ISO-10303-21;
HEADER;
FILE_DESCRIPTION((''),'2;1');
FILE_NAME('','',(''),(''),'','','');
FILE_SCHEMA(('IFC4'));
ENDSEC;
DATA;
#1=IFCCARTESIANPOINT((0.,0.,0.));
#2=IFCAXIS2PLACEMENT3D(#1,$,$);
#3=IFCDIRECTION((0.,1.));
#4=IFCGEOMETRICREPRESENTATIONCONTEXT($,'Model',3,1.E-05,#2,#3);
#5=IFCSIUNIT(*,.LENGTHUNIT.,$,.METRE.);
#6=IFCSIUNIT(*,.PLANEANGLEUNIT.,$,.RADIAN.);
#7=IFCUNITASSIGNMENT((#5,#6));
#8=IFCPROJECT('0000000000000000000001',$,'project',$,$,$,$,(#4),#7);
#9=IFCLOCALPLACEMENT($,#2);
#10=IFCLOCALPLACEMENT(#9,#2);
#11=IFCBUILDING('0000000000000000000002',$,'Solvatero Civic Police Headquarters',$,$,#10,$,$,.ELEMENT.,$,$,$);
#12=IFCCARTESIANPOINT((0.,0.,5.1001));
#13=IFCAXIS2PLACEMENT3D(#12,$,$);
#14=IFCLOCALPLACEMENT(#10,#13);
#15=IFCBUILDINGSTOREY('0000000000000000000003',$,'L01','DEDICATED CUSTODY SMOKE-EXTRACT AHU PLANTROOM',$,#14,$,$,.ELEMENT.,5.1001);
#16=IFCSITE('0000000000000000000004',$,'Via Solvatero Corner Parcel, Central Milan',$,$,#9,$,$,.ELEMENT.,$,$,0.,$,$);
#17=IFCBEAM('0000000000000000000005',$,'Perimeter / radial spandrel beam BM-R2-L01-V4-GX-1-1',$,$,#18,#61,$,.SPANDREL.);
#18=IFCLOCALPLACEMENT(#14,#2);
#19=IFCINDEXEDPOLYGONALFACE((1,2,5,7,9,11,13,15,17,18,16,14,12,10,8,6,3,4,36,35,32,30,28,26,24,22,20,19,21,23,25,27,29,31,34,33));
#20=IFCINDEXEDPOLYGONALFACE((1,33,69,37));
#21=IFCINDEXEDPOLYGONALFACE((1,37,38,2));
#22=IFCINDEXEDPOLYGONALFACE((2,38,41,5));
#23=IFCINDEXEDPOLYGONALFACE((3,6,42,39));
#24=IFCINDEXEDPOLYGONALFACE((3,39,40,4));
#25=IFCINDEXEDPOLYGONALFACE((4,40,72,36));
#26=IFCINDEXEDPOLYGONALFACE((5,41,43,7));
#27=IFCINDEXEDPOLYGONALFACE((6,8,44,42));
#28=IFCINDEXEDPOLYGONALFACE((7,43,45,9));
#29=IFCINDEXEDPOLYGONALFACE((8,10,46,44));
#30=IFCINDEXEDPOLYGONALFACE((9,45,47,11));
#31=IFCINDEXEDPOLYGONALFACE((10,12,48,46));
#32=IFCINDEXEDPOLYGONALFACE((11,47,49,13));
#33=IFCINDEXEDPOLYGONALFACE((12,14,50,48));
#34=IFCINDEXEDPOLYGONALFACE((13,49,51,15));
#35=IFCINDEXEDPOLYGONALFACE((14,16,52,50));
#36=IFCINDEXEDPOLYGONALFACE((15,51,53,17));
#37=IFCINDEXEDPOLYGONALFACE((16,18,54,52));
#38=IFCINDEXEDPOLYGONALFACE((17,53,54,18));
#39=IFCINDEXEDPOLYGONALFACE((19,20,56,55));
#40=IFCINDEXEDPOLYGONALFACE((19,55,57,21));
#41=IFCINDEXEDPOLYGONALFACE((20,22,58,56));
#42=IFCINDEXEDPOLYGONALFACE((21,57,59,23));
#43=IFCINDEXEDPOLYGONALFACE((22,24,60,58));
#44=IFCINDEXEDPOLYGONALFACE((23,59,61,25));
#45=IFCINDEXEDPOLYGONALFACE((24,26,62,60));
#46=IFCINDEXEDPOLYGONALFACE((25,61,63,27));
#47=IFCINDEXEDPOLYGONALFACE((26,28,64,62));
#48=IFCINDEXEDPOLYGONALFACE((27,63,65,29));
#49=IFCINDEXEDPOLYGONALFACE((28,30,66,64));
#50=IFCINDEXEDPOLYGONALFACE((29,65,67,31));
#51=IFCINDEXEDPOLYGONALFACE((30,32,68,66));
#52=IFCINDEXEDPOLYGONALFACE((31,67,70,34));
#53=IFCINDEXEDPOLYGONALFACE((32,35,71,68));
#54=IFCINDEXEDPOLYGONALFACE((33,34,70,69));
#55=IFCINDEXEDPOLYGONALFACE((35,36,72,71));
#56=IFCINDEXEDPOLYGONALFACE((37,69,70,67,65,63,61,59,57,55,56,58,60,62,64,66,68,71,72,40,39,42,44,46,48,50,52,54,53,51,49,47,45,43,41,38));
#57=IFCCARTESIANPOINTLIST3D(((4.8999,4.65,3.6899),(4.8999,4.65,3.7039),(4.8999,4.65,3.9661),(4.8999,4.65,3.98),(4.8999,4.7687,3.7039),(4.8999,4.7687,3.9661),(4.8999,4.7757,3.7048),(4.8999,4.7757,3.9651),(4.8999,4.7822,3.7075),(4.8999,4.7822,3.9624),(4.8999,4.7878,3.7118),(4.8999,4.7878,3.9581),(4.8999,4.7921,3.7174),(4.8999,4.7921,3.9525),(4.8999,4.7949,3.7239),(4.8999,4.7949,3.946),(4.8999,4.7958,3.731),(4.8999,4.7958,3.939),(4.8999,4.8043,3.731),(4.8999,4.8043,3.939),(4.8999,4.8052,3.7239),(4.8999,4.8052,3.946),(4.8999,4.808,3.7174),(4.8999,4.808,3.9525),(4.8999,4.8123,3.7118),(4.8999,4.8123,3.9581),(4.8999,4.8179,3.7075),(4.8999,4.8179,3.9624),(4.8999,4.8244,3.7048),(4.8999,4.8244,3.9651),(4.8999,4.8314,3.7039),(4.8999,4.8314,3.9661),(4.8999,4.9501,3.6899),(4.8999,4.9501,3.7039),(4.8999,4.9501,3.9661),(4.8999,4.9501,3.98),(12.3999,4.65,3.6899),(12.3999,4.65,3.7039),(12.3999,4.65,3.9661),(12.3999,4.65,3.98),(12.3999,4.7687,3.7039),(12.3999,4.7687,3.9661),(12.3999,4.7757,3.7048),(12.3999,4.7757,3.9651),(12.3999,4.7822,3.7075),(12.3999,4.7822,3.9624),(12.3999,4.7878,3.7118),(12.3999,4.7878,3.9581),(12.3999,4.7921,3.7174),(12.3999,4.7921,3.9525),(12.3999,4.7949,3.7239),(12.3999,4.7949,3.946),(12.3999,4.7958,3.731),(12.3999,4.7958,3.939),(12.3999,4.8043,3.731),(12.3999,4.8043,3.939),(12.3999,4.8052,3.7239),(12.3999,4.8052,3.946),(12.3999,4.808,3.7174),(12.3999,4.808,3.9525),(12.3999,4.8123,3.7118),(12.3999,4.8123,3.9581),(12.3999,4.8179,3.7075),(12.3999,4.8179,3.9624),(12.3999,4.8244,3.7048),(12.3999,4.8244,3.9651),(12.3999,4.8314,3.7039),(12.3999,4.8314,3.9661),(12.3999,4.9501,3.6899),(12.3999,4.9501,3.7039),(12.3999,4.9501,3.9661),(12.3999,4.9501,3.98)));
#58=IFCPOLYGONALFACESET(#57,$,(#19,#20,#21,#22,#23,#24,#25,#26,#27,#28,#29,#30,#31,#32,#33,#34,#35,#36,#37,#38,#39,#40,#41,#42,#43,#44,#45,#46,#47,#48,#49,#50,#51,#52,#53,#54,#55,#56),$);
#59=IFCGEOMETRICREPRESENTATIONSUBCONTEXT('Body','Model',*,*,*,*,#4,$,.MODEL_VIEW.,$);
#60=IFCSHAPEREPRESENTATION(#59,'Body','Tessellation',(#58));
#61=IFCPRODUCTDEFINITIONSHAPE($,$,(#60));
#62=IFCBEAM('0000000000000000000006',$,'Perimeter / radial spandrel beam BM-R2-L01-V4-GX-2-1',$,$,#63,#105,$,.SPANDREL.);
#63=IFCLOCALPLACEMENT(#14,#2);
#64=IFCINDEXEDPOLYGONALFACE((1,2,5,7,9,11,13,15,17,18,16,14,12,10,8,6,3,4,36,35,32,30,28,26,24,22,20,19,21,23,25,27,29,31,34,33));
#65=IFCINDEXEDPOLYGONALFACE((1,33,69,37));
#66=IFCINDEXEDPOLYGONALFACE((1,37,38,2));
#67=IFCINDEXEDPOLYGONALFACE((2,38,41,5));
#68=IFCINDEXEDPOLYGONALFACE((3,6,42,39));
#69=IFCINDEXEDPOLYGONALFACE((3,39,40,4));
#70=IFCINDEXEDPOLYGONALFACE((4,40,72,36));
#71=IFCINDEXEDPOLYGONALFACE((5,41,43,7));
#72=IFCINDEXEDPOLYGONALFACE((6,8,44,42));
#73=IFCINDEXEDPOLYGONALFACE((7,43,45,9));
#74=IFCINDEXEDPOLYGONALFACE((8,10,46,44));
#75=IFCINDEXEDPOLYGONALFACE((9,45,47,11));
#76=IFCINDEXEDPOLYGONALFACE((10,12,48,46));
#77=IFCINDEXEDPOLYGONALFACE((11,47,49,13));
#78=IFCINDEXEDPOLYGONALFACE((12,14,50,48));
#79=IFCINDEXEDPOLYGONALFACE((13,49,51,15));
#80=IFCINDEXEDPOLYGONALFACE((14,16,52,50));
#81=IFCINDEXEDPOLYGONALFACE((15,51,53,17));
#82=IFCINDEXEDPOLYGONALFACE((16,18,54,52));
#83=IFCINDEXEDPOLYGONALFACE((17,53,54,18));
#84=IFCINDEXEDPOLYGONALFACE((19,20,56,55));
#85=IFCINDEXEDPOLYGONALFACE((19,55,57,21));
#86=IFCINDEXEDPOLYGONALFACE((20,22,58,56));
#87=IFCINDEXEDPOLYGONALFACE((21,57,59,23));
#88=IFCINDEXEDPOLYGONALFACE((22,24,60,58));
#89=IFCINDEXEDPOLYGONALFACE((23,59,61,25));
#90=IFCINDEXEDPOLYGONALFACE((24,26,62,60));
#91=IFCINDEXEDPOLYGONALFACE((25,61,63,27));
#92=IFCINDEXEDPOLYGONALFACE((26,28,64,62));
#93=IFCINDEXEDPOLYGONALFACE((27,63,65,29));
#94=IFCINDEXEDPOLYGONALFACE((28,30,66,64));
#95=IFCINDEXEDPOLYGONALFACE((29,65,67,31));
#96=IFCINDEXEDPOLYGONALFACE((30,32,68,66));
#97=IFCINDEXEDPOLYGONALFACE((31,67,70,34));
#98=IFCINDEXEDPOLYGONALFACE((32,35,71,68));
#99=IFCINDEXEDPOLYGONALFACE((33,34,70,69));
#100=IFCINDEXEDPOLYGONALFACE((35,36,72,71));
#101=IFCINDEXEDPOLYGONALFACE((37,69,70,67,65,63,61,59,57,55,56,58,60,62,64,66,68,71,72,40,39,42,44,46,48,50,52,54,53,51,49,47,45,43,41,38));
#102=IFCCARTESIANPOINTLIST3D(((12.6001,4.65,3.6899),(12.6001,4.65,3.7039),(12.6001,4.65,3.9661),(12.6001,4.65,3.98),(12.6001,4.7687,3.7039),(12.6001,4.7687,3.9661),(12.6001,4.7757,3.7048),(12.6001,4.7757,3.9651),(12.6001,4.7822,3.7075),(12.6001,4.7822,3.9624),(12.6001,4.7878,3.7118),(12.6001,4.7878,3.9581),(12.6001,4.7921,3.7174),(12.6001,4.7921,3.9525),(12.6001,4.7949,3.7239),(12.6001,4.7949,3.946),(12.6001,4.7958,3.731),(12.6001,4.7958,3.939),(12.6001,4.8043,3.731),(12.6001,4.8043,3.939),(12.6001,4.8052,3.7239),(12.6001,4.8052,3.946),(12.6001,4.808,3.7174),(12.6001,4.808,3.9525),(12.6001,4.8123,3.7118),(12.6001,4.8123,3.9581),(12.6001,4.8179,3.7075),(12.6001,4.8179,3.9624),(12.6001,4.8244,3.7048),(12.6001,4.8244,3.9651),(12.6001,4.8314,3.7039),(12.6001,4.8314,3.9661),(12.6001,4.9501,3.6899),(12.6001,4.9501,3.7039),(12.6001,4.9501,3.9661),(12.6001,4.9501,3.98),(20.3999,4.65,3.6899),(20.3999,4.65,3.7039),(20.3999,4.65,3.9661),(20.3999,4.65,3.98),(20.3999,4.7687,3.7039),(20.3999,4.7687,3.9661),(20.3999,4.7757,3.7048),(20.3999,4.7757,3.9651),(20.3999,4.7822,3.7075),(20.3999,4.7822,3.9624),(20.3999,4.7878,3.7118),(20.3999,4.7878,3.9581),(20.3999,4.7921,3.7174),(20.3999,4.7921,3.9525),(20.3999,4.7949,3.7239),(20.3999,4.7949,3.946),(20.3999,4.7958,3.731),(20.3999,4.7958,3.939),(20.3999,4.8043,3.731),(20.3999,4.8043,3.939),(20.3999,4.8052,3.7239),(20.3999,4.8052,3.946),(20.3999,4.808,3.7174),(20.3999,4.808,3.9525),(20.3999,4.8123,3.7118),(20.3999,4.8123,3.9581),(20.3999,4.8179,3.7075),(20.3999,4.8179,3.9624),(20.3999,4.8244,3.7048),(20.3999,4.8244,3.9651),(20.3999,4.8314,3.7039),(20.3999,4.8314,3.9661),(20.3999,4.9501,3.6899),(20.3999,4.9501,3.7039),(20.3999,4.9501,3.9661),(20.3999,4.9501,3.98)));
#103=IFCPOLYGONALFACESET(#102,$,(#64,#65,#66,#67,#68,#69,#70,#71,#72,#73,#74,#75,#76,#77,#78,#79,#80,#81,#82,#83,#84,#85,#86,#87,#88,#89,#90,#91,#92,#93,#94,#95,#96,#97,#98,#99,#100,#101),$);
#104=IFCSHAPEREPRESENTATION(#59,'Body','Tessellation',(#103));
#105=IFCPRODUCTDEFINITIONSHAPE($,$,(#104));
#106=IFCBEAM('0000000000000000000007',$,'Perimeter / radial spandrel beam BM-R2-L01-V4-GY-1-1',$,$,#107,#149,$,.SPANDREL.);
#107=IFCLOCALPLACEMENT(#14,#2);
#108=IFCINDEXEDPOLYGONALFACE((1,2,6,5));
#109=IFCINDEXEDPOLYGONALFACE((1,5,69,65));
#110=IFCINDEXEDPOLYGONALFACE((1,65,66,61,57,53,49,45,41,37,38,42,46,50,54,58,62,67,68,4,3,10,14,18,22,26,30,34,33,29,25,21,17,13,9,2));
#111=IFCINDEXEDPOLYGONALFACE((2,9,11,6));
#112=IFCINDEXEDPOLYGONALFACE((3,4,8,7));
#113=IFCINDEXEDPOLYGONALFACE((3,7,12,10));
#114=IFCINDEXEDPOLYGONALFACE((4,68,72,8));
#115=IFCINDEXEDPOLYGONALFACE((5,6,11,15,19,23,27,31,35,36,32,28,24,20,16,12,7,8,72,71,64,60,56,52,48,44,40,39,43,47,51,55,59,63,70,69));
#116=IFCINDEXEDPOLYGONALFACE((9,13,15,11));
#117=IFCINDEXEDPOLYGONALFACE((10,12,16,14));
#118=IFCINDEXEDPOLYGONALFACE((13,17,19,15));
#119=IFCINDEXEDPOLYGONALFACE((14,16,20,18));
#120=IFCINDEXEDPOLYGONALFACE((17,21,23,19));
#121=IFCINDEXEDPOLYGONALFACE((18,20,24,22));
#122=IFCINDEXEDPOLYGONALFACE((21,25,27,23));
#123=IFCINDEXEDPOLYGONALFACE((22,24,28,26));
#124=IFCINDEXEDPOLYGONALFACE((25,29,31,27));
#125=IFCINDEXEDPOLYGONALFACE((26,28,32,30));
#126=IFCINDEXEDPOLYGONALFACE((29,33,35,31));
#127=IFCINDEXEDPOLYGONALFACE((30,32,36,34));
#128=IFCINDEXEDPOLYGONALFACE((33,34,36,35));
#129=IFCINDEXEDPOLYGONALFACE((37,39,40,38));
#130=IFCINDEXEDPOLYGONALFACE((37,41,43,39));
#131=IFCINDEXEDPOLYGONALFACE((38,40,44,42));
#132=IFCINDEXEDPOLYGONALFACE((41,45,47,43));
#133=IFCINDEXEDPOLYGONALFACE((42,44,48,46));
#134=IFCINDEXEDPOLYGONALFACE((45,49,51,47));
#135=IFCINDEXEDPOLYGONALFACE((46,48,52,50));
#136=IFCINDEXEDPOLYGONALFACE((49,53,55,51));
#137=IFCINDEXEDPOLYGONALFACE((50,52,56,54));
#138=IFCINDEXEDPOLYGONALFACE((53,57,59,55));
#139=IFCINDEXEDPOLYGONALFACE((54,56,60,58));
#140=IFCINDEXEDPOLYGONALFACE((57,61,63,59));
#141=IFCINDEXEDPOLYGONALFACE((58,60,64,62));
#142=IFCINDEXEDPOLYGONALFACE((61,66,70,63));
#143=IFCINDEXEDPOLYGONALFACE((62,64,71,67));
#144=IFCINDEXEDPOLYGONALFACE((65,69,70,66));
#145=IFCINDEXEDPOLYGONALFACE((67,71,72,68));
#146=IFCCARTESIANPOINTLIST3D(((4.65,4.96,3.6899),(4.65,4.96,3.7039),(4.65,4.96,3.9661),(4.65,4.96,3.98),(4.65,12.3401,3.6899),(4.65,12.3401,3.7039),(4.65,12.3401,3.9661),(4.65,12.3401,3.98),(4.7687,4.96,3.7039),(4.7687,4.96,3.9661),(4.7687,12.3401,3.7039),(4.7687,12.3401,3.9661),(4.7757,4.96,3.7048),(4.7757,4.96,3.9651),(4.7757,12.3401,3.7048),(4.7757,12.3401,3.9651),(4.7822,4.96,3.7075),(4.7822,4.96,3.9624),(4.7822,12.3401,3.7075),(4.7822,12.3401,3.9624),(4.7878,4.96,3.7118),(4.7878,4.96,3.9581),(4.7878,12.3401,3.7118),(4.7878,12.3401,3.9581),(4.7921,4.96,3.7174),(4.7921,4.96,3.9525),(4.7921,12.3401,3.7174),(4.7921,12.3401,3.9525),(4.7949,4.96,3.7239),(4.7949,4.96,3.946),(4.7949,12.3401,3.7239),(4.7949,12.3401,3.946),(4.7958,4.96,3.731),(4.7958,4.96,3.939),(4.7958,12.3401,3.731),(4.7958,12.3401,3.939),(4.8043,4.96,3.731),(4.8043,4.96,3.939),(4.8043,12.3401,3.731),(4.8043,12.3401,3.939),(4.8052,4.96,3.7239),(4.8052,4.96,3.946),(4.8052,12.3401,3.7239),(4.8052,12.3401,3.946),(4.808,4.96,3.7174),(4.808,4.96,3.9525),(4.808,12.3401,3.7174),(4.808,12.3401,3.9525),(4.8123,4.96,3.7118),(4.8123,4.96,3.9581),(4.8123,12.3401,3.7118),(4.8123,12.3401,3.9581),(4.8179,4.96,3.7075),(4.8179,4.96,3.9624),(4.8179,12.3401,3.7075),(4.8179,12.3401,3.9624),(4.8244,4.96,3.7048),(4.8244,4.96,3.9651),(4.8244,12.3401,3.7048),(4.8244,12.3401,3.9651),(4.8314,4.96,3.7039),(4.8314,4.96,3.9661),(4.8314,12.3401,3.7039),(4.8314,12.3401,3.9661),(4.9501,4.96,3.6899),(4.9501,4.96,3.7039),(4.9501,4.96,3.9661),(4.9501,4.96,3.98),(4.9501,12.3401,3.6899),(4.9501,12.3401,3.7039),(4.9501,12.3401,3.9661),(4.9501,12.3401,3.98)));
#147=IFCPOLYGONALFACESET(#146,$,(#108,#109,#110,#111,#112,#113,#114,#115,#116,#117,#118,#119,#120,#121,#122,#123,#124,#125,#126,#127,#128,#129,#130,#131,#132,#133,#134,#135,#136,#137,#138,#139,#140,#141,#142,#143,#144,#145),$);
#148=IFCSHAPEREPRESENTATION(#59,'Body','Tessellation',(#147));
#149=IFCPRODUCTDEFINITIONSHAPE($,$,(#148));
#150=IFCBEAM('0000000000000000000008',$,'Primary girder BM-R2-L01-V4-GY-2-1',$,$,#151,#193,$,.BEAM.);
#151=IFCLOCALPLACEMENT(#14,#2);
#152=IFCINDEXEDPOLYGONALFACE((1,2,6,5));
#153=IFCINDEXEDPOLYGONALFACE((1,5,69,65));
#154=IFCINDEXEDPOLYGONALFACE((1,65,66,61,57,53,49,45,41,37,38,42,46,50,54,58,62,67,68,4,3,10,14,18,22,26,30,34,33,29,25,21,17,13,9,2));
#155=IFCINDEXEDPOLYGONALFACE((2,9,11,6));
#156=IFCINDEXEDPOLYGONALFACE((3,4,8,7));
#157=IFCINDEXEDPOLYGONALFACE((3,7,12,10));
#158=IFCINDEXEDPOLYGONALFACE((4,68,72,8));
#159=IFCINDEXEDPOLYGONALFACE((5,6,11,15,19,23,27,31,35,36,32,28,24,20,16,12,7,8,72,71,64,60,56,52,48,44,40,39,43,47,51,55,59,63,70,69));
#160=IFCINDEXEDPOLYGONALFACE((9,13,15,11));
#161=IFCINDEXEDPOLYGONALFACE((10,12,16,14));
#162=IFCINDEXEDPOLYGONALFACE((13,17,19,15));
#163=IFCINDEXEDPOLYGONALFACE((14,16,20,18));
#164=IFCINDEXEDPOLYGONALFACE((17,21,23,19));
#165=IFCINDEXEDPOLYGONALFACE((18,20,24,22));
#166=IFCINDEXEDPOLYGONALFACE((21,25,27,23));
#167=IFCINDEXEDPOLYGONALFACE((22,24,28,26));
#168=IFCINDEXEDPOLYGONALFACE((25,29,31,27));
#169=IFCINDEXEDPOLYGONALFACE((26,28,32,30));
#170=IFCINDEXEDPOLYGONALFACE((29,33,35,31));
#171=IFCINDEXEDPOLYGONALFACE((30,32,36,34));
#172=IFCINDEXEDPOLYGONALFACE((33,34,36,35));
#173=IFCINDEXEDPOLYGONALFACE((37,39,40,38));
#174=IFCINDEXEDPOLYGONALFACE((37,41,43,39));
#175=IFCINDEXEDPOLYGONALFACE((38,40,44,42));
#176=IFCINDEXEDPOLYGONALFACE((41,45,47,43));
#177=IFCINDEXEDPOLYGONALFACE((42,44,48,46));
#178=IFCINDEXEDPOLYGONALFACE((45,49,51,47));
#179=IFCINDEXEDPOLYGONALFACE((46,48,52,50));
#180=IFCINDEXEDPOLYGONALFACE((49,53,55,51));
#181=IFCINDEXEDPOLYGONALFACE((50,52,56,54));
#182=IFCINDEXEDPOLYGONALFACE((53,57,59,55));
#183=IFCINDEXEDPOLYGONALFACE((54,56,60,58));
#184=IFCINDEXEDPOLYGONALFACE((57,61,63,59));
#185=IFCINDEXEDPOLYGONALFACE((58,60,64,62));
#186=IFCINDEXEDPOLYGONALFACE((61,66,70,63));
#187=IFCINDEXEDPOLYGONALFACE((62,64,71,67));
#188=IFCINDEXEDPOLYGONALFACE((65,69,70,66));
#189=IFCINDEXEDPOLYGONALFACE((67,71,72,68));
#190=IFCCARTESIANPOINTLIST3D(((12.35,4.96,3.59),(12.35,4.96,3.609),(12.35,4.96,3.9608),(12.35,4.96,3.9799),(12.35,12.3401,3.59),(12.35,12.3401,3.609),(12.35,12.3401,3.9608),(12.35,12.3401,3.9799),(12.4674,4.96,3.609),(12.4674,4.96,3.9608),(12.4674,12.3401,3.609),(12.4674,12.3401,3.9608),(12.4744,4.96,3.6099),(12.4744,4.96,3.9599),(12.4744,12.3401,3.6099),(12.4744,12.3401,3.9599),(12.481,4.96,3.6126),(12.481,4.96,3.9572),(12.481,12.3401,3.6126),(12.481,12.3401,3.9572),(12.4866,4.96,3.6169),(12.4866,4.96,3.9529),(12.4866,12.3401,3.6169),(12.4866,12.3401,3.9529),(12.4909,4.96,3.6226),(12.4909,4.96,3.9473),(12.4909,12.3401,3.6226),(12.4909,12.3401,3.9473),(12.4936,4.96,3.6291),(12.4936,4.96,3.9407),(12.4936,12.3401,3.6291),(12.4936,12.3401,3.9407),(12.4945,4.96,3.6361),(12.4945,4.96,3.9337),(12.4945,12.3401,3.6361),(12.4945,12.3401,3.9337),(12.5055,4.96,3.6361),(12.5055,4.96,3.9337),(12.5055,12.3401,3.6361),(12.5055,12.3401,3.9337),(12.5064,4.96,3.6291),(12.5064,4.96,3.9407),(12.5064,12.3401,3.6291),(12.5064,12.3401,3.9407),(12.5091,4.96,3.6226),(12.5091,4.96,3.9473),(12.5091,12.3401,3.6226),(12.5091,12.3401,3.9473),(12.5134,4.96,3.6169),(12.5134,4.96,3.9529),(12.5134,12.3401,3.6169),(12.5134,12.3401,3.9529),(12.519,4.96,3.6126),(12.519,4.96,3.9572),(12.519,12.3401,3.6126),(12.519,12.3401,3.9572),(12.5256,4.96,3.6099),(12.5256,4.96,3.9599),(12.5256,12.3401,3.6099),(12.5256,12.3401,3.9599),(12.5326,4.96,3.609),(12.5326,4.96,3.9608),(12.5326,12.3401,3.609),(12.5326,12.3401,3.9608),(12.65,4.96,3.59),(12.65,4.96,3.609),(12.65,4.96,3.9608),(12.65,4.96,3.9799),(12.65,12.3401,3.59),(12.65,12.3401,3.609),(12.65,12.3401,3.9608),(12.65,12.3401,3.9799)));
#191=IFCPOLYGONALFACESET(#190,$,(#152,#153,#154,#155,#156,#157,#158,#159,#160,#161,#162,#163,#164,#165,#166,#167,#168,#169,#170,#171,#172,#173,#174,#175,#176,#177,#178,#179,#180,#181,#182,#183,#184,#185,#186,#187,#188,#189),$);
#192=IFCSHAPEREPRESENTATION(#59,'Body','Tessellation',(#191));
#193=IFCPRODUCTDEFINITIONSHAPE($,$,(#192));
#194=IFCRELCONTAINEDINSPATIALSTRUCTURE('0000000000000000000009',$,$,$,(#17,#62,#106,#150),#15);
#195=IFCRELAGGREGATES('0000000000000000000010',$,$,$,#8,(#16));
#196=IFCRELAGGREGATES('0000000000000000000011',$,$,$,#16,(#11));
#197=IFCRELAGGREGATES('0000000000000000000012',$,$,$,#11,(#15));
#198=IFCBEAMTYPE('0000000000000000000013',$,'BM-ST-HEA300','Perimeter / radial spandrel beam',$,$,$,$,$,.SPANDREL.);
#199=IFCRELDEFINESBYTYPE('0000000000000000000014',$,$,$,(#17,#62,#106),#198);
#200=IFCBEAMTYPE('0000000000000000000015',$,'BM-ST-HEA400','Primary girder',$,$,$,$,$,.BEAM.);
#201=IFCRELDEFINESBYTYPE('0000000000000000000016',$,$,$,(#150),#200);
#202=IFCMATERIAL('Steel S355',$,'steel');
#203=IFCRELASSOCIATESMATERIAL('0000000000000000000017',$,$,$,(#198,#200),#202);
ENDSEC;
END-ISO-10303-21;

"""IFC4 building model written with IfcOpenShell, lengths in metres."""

from ifc_helpers import new_model, si_unit, direction, frame, origin, origin_2d, place, context, subcontext, project, spatial, i_section, extrude, material, material_profile, profile_set, type_object, element, save


model = new_model("IFC4")

# Units and contexts
model_context = context("Model", 3, precision=1e-05, world=origin(), true_north=direction((0.0, 1.0)))
body_context = subcontext(model_context, "Body", "Model", "MODEL_VIEW")
ifc_project = project(units=[si_unit("LENGTHUNIT", "METRE"), si_unit("PLANEANGLEUNIT", "RADIAN")], contexts=[model_context])

# Site, building, storey
site_placement = place(None, origin())
site = spatial("IfcSite", under=ifc_project, at=site_placement, Name="Via Solvatero Corner Parcel, Central Milan", CompositionType="ELEMENT", RefElevation=0.0)
building_placement = place(site_placement, origin())
building = spatial("IfcBuilding", under=site, at=building_placement, Name="Solvatero Civic Police Headquarters", CompositionType="ELEMENT")
storey_placement = place(building_placement, frame((0.0, 0.0, 5.1001)))
storey = spatial("IfcBuildingStorey", under=building, at=storey_placement, Name="L01", Description="DEDICATED CUSTODY SMOKE-EXTRACT AHU PLANTROOM", CompositionType="ELEMENT", Elevation=5.1001)

# Shared definitions
ifc_material_1 = material(Name="Steel S355", Category="steel")

# Beams
ifc_material_profile_1 = material_profile(ifc_material_1, i_section(OverallWidth=0.3, OverallDepth=0.29, WebThickness=0.0085, FlangeThickness=0.0139, FilletRadius=0.0271, at=origin_2d()), Name="HEA 300")
ifc_profile_set_1 = profile_set([ifc_material_profile_1], Name="Steel S355")
beam_type_1 = type_object("IfcBeamType", Name="BM-ST-HEA300", Description="Perimeter / radial spandrel beam", PredefinedType="SPANDREL", material=ifc_profile_set_1)
beam_1_placement = place(storey_placement, frame((4.8999, 4.8, 3.835), z_axis=(1.0, 0.0, 0.0), x_axis=(0.0, 1.0, 0.0)))
element("IfcBeam", 1, at=beam_1_placement, inside=storey, type_object=beam_type_1, Name="Perimeter / radial spandrel beam BM-R2-L01-V4-GX-1-1", PredefinedType="SPANDREL", context=body_context, shape_type="SweptSolid", body=[
    extrude(i_section(OverallWidth=0.3, OverallDepth=0.29, WebThickness=0.0085, FlangeThickness=0.0139, FilletRadius=0.0271, at=origin_2d()), origin(), (0.0, 0.0, 1.0), 7.5),
])
beam_2_placement = place(storey_placement, frame((12.6001, 4.8, 3.835), z_axis=(1.0, 0.0, 0.0), x_axis=(0.0, 1.0, 0.0)))
element("IfcBeam", 2, at=beam_2_placement, inside=storey, type_object=beam_type_1, Name="Perimeter / radial spandrel beam BM-R2-L01-V4-GX-2-1", PredefinedType="SPANDREL", context=body_context, shape_type="SweptSolid", body=[
    extrude(i_section(OverallWidth=0.3, OverallDepth=0.29, WebThickness=0.0085, FlangeThickness=0.0139, FilletRadius=0.0271, at=origin_2d()), origin(), (0.0, 0.0, 1.0), 7.7998),
])
beam_3_placement = place(storey_placement, frame((4.8, 4.96, 3.835), z_axis=(0.0, 1.0, 0.0), x_axis=(-1.0, 0.0, 0.0)))
element("IfcBeam", 3, at=beam_3_placement, inside=storey, type_object=beam_type_1, Name="Perimeter / radial spandrel beam BM-R2-L01-V4-GY-1-1", PredefinedType="SPANDREL", context=body_context, shape_type="SweptSolid", body=[
    extrude(i_section(OverallWidth=0.3, OverallDepth=0.29, WebThickness=0.0085, FlangeThickness=0.0139, FilletRadius=0.0271, at=origin_2d()), origin(), (0.0, 0.0, 1.0), 7.3801),
])
ifc_material_profile_2 = material_profile(ifc_material_1, i_section(OverallWidth=0.3, OverallDepth=0.3899, WebThickness=0.011, FlangeThickness=0.019, FilletRadius=0.0271, at=origin_2d()), Name="HEA 400")
ifc_profile_set_2 = profile_set([ifc_material_profile_2], Name="Steel S355")
beam_type_2 = type_object("IfcBeamType", Name="BM-ST-HEA400", Description="Primary girder", PredefinedType="BEAM", material=ifc_profile_set_2)
beam_4_placement = place(storey_placement, frame((12.5, 4.96, 3.7849), z_axis=(0.0, 1.0, 0.0), x_axis=(-1.0, 0.0, 0.0)))
element("IfcBeam", 4, at=beam_4_placement, inside=storey, type_object=beam_type_2, Name="Primary girder BM-R2-L01-V4-GY-2-1", PredefinedType="BEAM", context=body_context, shape_type="SweptSolid", body=[
    extrude(i_section(OverallWidth=0.3, OverallDepth=0.3899, WebThickness=0.011, FlangeThickness=0.019, FilletRadius=0.0271, at=origin_2d()), origin(), (0.0, 0.0, 1.0), 7.3801),
])

save(model, "model.ifc")
